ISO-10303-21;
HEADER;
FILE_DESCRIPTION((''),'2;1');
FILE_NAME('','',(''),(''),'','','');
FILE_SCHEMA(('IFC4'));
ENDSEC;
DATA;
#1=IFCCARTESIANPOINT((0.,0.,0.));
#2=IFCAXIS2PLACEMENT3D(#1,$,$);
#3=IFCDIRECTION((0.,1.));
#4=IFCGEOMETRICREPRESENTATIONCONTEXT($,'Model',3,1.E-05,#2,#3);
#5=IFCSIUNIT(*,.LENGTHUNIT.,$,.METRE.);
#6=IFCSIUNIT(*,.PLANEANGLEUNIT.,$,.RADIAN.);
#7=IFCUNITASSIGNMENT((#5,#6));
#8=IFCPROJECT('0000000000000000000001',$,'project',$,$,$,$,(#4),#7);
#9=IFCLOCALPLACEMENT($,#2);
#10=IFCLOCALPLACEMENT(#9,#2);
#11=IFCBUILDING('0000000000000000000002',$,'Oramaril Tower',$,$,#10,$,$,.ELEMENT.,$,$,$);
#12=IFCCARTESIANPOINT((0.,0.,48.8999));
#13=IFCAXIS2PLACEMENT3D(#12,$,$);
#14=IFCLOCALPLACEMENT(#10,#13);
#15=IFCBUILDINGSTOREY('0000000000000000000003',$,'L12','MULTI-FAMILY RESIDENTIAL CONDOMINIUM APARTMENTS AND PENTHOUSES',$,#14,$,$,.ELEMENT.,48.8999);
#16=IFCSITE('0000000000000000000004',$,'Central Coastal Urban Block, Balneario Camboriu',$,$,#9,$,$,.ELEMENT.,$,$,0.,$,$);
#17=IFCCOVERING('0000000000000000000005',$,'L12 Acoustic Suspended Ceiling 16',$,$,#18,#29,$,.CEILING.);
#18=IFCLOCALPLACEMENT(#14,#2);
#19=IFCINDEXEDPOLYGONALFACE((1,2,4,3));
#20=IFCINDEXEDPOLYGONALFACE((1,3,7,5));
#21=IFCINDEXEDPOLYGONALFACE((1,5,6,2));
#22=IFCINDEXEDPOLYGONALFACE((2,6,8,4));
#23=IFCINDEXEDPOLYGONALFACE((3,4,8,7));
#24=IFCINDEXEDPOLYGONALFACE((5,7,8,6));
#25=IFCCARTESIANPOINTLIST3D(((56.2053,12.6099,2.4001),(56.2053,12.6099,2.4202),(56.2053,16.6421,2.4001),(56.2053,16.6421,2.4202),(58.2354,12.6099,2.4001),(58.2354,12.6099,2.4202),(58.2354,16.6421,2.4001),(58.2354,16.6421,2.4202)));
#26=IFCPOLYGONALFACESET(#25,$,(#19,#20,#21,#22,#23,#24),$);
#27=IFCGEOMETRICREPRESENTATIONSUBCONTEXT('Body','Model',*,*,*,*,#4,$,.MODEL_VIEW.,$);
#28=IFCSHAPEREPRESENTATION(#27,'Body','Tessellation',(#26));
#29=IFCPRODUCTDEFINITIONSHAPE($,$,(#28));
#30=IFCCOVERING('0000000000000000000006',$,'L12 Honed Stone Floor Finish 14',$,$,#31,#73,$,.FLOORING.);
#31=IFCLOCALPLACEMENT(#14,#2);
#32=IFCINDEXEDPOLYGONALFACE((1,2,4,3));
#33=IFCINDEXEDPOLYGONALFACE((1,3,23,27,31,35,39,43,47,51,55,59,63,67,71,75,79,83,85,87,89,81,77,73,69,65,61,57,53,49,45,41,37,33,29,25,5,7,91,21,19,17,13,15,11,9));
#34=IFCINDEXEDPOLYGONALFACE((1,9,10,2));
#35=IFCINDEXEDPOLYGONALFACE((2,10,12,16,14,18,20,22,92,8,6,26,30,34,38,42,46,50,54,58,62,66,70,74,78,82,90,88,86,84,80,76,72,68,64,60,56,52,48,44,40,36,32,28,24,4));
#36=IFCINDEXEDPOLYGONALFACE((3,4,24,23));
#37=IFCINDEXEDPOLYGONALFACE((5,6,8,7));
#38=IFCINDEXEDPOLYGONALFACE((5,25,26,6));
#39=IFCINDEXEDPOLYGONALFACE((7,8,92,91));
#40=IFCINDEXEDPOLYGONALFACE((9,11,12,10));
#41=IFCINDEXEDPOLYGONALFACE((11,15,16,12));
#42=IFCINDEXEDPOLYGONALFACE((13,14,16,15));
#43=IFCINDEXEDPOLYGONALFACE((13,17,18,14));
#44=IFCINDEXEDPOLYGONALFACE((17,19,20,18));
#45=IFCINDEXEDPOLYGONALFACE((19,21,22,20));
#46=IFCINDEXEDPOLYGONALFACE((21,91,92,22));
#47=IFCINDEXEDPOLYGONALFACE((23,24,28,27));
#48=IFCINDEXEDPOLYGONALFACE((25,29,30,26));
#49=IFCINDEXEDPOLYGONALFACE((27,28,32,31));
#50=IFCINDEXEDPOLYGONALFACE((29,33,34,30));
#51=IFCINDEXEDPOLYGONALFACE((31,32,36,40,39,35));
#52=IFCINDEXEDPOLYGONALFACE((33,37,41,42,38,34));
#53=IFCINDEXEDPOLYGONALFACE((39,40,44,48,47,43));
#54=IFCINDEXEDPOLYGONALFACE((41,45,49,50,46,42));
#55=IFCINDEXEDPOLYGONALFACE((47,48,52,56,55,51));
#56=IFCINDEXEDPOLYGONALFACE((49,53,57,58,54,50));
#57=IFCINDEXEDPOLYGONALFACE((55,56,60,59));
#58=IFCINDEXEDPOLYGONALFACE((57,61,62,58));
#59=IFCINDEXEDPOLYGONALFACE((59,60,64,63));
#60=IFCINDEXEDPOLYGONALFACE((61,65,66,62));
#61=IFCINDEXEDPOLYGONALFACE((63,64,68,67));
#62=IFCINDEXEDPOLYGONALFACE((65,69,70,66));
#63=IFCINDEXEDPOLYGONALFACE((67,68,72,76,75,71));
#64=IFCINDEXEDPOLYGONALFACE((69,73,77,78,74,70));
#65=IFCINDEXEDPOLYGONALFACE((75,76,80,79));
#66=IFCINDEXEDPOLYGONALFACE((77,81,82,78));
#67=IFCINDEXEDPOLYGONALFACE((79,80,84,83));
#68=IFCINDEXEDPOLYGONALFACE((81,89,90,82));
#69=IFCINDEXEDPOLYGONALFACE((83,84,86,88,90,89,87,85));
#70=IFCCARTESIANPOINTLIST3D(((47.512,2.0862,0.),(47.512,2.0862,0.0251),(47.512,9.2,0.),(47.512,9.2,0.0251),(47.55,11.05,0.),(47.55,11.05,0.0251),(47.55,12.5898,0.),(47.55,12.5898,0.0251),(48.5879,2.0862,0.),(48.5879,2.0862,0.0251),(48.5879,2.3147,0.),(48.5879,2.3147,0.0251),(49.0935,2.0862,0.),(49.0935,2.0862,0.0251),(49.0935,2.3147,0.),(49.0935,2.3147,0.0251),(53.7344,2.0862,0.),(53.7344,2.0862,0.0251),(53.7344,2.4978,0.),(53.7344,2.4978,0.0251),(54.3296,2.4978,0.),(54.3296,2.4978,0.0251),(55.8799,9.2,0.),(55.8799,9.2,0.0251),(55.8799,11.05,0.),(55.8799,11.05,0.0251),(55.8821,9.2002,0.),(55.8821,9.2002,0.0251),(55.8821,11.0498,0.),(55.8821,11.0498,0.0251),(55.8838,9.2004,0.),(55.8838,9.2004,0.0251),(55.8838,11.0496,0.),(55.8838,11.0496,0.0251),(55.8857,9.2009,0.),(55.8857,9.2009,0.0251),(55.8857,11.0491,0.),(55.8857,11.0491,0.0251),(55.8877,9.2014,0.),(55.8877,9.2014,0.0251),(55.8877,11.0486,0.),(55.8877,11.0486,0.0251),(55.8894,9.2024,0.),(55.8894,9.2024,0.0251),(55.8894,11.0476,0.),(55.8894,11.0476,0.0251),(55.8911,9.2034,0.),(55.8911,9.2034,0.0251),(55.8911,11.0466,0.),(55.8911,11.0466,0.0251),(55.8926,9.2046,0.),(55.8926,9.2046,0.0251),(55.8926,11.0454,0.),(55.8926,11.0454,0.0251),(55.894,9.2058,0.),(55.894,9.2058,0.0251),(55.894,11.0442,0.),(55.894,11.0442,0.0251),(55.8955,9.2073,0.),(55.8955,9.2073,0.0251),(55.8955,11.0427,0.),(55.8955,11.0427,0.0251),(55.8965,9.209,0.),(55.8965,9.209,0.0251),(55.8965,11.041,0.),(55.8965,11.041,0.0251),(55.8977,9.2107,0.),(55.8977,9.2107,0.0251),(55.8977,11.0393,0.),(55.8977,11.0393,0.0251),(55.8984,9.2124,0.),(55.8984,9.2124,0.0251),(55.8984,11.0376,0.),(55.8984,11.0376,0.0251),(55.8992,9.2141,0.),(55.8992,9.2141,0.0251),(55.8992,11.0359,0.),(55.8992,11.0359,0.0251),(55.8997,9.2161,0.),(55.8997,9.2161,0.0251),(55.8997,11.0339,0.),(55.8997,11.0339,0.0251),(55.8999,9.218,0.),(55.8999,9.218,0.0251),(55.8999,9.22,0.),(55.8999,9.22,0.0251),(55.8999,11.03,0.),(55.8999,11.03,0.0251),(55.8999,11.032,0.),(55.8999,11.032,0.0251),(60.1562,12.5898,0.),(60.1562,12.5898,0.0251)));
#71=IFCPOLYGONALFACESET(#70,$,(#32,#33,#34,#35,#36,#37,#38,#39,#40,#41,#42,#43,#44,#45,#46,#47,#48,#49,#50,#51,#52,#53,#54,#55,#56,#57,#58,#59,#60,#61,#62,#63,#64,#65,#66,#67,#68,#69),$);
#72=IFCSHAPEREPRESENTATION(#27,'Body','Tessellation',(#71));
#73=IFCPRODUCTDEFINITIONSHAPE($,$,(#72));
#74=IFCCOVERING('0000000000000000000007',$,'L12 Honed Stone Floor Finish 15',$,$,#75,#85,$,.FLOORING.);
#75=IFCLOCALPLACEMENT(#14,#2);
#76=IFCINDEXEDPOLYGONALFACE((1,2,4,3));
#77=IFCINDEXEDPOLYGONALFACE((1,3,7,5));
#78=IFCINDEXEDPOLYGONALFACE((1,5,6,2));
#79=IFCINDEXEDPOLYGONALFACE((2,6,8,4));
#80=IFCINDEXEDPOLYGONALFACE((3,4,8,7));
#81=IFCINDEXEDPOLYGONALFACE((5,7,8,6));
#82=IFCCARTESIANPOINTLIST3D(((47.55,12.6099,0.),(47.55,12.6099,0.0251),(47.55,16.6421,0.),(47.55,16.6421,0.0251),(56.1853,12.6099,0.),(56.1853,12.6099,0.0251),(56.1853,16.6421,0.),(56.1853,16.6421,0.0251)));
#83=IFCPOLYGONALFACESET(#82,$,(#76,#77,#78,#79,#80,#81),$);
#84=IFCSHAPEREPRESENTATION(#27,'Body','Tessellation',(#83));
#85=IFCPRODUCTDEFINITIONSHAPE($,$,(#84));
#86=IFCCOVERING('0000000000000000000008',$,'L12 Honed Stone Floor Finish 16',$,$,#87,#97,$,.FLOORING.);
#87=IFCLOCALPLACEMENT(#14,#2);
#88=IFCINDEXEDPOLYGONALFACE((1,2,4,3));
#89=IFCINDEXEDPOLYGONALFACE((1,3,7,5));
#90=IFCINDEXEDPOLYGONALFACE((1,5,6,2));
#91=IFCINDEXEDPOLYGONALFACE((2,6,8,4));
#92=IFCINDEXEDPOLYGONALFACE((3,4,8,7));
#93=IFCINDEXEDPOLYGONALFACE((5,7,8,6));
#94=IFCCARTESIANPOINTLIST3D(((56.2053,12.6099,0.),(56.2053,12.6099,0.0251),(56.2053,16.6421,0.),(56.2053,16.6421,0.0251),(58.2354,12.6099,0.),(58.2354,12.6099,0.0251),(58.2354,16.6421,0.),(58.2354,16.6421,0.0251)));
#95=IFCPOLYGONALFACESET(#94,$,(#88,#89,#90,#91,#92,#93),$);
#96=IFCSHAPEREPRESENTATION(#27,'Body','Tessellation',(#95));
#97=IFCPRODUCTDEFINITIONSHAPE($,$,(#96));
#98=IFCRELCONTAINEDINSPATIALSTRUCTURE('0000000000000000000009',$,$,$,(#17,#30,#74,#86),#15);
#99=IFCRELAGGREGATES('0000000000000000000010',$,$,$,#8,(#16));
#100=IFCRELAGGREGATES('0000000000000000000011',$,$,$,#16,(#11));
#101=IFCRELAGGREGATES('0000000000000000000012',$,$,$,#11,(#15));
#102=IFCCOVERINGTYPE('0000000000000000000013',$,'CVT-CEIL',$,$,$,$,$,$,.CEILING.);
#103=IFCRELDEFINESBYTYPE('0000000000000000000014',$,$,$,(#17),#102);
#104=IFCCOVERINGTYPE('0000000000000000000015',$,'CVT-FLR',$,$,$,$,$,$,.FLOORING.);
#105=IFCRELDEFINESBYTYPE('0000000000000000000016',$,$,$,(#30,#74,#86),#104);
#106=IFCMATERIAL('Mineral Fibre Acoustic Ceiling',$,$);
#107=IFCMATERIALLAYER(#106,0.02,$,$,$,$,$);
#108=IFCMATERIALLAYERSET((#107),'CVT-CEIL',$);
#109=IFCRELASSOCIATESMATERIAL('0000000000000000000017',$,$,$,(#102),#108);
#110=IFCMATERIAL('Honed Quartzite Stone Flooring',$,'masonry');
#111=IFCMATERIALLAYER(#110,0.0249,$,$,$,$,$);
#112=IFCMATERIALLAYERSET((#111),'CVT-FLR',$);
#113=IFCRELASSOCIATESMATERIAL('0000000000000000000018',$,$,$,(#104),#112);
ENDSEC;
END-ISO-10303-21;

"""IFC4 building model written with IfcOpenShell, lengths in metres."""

from ifc_helpers import new_model, si_unit, direction, frame, origin, place, context, subcontext, project, spatial, polyline, outline, extrude, material, layer, layer_set, type_object, element, save


model = new_model("IFC4")

# Units and contexts
model_context = context("Model", 3, precision=1e-05, world=origin(), true_north=direction((0.0, 1.0)))
body_context = subcontext(model_context, "Body", "Model", "MODEL_VIEW")
ifc_project = project(units=[si_unit("LENGTHUNIT", "METRE"), si_unit("PLANEANGLEUNIT", "RADIAN")], contexts=[model_context])

# Site, building, storey
site_placement = place(None, origin())
site = spatial("IfcSite", under=ifc_project, at=site_placement, Name="Central Coastal Urban Block, Balneario Camboriu", CompositionType="ELEMENT", RefElevation=0.0)
building_placement = place(site_placement, origin())
building = spatial("IfcBuilding", under=site, at=building_placement, Name="Oramaril Tower", CompositionType="ELEMENT")
storey_placement = place(building_placement, frame((0.0, 0.0, 48.8999)))
storey = spatial("IfcBuildingStorey", under=building, at=storey_placement, Name="L12", Description="MULTI-FAMILY RESIDENTIAL CONDOMINIUM APARTMENTS AND PENTHOUSES", CompositionType="ELEMENT", Elevation=48.8999)

# Coverings
ifc_material_1 = material(Name="Mineral Fibre Acoustic Ceiling")
ifc_layer_1 = layer(ifc_material_1, 0.02)
ifc_layer_set_1 = layer_set([ifc_layer_1], Name="CVT-CEIL")
covering_type_1 = type_object("IfcCoveringType", Name="CVT-CEIL", PredefinedType="CEILING", material=ifc_layer_set_1)
covering_1_placement = place(storey_placement, frame((0.0, 0.0, 2.4001)))
element("IfcCovering", 1, at=covering_1_placement, inside=storey, type_object=covering_type_1, Name="L12 Acoustic Suspended Ceiling 16", PredefinedType="CEILING", context=body_context, shape_type="SweptSolid", body=[
    extrude(outline(polyline([(58.2354, 16.6421), (58.2354, 12.6099), (56.2053, 12.6099), (56.2053, 16.6421), (58.2354, 16.6421)])), origin(), (0.0, 0.0, 1.0), 0.02),
])
ifc_material_2 = material(Name="Honed Quartzite Stone Flooring", Category="masonry")
ifc_layer_2 = layer(ifc_material_2, 0.0249)
ifc_layer_set_2 = layer_set([ifc_layer_2], Name="CVT-FLR")
covering_type_2 = type_object("IfcCoveringType", Name="CVT-FLR", PredefinedType="FLOORING", material=ifc_layer_set_2)
covering_2_placement = place(storey_placement, origin())
element("IfcCovering", 2, at=covering_2_placement, inside=storey, type_object=covering_type_2, Name="L12 Honed Stone Floor Finish 14", PredefinedType="FLOORING", context=body_context, shape_type="SweptSolid", body=[
    extrude(outline(polyline([(60.1562, 12.5898), (54.3296, 2.4978), (53.7344, 2.4978), (53.7344, 2.0862), (49.0935, 2.0862), (49.0935, 2.3147), (48.5879, 2.3147), (48.5879, 2.0862), (47.512, 2.0862), (47.512, 9.2), (55.8799, 9.2), (55.8821, 9.2002), (55.8838, 9.2004), (55.8857, 9.2009), (55.8877, 9.2014), (55.8894, 9.2024), (55.8911, 9.2034), (55.8926, 9.2046), (55.894, 9.2058), (55.8955, 9.2073), (55.8965, 9.209), (55.8977, 9.2107), (55.8984, 9.2124), (55.8992, 9.2141), (55.8997, 9.2161), (55.8999, 9.218), (55.8999, 9.22), (55.8999, 11.03), (55.8999, 11.032), (55.8997, 11.0339), (55.8992, 11.0359), (55.8984, 11.0376), (55.8977, 11.0393), (55.8965, 11.041), (55.8955, 11.0427), (55.894, 11.0442), (55.8926, 11.0454), (55.8911, 11.0466), (55.8894, 11.0476), (55.8877, 11.0486), (55.8857, 11.0491), (55.8838, 11.0496), (55.8821, 11.0498), (55.8799, 11.05), (47.55, 11.05), (47.55, 12.5898), (60.1562, 12.5898)])), origin(), (0.0, 0.0, 1.0), 0.0251),
])
covering_3_placement = place(storey_placement, origin())
element("IfcCovering", 3, at=covering_3_placement, inside=storey, type_object=covering_type_2, Name="L12 Honed Stone Floor Finish 15", PredefinedType="FLOORING", context=body_context, shape_type="SweptSolid", body=[
    extrude(outline(polyline([(56.1853, 16.6421), (56.1853, 12.6099), (47.55, 12.6099), (47.55, 16.6421), (56.1853, 16.6421)])), origin(), (0.0, 0.0, 1.0), 0.0251),
])
covering_4_placement = place(storey_placement, origin())
element("IfcCovering", 4, at=covering_4_placement, inside=storey, type_object=covering_type_2, Name="L12 Honed Stone Floor Finish 16", PredefinedType="FLOORING", context=body_context, shape_type="SweptSolid", body=[
    extrude(outline(polyline([(58.2354, 16.6421), (58.2354, 12.6099), (56.2053, 12.6099), (56.2053, 16.6421), (58.2354, 16.6421)])), origin(), (0.0, 0.0, 1.0), 0.0251),
])

save(model, "model.ifc")
